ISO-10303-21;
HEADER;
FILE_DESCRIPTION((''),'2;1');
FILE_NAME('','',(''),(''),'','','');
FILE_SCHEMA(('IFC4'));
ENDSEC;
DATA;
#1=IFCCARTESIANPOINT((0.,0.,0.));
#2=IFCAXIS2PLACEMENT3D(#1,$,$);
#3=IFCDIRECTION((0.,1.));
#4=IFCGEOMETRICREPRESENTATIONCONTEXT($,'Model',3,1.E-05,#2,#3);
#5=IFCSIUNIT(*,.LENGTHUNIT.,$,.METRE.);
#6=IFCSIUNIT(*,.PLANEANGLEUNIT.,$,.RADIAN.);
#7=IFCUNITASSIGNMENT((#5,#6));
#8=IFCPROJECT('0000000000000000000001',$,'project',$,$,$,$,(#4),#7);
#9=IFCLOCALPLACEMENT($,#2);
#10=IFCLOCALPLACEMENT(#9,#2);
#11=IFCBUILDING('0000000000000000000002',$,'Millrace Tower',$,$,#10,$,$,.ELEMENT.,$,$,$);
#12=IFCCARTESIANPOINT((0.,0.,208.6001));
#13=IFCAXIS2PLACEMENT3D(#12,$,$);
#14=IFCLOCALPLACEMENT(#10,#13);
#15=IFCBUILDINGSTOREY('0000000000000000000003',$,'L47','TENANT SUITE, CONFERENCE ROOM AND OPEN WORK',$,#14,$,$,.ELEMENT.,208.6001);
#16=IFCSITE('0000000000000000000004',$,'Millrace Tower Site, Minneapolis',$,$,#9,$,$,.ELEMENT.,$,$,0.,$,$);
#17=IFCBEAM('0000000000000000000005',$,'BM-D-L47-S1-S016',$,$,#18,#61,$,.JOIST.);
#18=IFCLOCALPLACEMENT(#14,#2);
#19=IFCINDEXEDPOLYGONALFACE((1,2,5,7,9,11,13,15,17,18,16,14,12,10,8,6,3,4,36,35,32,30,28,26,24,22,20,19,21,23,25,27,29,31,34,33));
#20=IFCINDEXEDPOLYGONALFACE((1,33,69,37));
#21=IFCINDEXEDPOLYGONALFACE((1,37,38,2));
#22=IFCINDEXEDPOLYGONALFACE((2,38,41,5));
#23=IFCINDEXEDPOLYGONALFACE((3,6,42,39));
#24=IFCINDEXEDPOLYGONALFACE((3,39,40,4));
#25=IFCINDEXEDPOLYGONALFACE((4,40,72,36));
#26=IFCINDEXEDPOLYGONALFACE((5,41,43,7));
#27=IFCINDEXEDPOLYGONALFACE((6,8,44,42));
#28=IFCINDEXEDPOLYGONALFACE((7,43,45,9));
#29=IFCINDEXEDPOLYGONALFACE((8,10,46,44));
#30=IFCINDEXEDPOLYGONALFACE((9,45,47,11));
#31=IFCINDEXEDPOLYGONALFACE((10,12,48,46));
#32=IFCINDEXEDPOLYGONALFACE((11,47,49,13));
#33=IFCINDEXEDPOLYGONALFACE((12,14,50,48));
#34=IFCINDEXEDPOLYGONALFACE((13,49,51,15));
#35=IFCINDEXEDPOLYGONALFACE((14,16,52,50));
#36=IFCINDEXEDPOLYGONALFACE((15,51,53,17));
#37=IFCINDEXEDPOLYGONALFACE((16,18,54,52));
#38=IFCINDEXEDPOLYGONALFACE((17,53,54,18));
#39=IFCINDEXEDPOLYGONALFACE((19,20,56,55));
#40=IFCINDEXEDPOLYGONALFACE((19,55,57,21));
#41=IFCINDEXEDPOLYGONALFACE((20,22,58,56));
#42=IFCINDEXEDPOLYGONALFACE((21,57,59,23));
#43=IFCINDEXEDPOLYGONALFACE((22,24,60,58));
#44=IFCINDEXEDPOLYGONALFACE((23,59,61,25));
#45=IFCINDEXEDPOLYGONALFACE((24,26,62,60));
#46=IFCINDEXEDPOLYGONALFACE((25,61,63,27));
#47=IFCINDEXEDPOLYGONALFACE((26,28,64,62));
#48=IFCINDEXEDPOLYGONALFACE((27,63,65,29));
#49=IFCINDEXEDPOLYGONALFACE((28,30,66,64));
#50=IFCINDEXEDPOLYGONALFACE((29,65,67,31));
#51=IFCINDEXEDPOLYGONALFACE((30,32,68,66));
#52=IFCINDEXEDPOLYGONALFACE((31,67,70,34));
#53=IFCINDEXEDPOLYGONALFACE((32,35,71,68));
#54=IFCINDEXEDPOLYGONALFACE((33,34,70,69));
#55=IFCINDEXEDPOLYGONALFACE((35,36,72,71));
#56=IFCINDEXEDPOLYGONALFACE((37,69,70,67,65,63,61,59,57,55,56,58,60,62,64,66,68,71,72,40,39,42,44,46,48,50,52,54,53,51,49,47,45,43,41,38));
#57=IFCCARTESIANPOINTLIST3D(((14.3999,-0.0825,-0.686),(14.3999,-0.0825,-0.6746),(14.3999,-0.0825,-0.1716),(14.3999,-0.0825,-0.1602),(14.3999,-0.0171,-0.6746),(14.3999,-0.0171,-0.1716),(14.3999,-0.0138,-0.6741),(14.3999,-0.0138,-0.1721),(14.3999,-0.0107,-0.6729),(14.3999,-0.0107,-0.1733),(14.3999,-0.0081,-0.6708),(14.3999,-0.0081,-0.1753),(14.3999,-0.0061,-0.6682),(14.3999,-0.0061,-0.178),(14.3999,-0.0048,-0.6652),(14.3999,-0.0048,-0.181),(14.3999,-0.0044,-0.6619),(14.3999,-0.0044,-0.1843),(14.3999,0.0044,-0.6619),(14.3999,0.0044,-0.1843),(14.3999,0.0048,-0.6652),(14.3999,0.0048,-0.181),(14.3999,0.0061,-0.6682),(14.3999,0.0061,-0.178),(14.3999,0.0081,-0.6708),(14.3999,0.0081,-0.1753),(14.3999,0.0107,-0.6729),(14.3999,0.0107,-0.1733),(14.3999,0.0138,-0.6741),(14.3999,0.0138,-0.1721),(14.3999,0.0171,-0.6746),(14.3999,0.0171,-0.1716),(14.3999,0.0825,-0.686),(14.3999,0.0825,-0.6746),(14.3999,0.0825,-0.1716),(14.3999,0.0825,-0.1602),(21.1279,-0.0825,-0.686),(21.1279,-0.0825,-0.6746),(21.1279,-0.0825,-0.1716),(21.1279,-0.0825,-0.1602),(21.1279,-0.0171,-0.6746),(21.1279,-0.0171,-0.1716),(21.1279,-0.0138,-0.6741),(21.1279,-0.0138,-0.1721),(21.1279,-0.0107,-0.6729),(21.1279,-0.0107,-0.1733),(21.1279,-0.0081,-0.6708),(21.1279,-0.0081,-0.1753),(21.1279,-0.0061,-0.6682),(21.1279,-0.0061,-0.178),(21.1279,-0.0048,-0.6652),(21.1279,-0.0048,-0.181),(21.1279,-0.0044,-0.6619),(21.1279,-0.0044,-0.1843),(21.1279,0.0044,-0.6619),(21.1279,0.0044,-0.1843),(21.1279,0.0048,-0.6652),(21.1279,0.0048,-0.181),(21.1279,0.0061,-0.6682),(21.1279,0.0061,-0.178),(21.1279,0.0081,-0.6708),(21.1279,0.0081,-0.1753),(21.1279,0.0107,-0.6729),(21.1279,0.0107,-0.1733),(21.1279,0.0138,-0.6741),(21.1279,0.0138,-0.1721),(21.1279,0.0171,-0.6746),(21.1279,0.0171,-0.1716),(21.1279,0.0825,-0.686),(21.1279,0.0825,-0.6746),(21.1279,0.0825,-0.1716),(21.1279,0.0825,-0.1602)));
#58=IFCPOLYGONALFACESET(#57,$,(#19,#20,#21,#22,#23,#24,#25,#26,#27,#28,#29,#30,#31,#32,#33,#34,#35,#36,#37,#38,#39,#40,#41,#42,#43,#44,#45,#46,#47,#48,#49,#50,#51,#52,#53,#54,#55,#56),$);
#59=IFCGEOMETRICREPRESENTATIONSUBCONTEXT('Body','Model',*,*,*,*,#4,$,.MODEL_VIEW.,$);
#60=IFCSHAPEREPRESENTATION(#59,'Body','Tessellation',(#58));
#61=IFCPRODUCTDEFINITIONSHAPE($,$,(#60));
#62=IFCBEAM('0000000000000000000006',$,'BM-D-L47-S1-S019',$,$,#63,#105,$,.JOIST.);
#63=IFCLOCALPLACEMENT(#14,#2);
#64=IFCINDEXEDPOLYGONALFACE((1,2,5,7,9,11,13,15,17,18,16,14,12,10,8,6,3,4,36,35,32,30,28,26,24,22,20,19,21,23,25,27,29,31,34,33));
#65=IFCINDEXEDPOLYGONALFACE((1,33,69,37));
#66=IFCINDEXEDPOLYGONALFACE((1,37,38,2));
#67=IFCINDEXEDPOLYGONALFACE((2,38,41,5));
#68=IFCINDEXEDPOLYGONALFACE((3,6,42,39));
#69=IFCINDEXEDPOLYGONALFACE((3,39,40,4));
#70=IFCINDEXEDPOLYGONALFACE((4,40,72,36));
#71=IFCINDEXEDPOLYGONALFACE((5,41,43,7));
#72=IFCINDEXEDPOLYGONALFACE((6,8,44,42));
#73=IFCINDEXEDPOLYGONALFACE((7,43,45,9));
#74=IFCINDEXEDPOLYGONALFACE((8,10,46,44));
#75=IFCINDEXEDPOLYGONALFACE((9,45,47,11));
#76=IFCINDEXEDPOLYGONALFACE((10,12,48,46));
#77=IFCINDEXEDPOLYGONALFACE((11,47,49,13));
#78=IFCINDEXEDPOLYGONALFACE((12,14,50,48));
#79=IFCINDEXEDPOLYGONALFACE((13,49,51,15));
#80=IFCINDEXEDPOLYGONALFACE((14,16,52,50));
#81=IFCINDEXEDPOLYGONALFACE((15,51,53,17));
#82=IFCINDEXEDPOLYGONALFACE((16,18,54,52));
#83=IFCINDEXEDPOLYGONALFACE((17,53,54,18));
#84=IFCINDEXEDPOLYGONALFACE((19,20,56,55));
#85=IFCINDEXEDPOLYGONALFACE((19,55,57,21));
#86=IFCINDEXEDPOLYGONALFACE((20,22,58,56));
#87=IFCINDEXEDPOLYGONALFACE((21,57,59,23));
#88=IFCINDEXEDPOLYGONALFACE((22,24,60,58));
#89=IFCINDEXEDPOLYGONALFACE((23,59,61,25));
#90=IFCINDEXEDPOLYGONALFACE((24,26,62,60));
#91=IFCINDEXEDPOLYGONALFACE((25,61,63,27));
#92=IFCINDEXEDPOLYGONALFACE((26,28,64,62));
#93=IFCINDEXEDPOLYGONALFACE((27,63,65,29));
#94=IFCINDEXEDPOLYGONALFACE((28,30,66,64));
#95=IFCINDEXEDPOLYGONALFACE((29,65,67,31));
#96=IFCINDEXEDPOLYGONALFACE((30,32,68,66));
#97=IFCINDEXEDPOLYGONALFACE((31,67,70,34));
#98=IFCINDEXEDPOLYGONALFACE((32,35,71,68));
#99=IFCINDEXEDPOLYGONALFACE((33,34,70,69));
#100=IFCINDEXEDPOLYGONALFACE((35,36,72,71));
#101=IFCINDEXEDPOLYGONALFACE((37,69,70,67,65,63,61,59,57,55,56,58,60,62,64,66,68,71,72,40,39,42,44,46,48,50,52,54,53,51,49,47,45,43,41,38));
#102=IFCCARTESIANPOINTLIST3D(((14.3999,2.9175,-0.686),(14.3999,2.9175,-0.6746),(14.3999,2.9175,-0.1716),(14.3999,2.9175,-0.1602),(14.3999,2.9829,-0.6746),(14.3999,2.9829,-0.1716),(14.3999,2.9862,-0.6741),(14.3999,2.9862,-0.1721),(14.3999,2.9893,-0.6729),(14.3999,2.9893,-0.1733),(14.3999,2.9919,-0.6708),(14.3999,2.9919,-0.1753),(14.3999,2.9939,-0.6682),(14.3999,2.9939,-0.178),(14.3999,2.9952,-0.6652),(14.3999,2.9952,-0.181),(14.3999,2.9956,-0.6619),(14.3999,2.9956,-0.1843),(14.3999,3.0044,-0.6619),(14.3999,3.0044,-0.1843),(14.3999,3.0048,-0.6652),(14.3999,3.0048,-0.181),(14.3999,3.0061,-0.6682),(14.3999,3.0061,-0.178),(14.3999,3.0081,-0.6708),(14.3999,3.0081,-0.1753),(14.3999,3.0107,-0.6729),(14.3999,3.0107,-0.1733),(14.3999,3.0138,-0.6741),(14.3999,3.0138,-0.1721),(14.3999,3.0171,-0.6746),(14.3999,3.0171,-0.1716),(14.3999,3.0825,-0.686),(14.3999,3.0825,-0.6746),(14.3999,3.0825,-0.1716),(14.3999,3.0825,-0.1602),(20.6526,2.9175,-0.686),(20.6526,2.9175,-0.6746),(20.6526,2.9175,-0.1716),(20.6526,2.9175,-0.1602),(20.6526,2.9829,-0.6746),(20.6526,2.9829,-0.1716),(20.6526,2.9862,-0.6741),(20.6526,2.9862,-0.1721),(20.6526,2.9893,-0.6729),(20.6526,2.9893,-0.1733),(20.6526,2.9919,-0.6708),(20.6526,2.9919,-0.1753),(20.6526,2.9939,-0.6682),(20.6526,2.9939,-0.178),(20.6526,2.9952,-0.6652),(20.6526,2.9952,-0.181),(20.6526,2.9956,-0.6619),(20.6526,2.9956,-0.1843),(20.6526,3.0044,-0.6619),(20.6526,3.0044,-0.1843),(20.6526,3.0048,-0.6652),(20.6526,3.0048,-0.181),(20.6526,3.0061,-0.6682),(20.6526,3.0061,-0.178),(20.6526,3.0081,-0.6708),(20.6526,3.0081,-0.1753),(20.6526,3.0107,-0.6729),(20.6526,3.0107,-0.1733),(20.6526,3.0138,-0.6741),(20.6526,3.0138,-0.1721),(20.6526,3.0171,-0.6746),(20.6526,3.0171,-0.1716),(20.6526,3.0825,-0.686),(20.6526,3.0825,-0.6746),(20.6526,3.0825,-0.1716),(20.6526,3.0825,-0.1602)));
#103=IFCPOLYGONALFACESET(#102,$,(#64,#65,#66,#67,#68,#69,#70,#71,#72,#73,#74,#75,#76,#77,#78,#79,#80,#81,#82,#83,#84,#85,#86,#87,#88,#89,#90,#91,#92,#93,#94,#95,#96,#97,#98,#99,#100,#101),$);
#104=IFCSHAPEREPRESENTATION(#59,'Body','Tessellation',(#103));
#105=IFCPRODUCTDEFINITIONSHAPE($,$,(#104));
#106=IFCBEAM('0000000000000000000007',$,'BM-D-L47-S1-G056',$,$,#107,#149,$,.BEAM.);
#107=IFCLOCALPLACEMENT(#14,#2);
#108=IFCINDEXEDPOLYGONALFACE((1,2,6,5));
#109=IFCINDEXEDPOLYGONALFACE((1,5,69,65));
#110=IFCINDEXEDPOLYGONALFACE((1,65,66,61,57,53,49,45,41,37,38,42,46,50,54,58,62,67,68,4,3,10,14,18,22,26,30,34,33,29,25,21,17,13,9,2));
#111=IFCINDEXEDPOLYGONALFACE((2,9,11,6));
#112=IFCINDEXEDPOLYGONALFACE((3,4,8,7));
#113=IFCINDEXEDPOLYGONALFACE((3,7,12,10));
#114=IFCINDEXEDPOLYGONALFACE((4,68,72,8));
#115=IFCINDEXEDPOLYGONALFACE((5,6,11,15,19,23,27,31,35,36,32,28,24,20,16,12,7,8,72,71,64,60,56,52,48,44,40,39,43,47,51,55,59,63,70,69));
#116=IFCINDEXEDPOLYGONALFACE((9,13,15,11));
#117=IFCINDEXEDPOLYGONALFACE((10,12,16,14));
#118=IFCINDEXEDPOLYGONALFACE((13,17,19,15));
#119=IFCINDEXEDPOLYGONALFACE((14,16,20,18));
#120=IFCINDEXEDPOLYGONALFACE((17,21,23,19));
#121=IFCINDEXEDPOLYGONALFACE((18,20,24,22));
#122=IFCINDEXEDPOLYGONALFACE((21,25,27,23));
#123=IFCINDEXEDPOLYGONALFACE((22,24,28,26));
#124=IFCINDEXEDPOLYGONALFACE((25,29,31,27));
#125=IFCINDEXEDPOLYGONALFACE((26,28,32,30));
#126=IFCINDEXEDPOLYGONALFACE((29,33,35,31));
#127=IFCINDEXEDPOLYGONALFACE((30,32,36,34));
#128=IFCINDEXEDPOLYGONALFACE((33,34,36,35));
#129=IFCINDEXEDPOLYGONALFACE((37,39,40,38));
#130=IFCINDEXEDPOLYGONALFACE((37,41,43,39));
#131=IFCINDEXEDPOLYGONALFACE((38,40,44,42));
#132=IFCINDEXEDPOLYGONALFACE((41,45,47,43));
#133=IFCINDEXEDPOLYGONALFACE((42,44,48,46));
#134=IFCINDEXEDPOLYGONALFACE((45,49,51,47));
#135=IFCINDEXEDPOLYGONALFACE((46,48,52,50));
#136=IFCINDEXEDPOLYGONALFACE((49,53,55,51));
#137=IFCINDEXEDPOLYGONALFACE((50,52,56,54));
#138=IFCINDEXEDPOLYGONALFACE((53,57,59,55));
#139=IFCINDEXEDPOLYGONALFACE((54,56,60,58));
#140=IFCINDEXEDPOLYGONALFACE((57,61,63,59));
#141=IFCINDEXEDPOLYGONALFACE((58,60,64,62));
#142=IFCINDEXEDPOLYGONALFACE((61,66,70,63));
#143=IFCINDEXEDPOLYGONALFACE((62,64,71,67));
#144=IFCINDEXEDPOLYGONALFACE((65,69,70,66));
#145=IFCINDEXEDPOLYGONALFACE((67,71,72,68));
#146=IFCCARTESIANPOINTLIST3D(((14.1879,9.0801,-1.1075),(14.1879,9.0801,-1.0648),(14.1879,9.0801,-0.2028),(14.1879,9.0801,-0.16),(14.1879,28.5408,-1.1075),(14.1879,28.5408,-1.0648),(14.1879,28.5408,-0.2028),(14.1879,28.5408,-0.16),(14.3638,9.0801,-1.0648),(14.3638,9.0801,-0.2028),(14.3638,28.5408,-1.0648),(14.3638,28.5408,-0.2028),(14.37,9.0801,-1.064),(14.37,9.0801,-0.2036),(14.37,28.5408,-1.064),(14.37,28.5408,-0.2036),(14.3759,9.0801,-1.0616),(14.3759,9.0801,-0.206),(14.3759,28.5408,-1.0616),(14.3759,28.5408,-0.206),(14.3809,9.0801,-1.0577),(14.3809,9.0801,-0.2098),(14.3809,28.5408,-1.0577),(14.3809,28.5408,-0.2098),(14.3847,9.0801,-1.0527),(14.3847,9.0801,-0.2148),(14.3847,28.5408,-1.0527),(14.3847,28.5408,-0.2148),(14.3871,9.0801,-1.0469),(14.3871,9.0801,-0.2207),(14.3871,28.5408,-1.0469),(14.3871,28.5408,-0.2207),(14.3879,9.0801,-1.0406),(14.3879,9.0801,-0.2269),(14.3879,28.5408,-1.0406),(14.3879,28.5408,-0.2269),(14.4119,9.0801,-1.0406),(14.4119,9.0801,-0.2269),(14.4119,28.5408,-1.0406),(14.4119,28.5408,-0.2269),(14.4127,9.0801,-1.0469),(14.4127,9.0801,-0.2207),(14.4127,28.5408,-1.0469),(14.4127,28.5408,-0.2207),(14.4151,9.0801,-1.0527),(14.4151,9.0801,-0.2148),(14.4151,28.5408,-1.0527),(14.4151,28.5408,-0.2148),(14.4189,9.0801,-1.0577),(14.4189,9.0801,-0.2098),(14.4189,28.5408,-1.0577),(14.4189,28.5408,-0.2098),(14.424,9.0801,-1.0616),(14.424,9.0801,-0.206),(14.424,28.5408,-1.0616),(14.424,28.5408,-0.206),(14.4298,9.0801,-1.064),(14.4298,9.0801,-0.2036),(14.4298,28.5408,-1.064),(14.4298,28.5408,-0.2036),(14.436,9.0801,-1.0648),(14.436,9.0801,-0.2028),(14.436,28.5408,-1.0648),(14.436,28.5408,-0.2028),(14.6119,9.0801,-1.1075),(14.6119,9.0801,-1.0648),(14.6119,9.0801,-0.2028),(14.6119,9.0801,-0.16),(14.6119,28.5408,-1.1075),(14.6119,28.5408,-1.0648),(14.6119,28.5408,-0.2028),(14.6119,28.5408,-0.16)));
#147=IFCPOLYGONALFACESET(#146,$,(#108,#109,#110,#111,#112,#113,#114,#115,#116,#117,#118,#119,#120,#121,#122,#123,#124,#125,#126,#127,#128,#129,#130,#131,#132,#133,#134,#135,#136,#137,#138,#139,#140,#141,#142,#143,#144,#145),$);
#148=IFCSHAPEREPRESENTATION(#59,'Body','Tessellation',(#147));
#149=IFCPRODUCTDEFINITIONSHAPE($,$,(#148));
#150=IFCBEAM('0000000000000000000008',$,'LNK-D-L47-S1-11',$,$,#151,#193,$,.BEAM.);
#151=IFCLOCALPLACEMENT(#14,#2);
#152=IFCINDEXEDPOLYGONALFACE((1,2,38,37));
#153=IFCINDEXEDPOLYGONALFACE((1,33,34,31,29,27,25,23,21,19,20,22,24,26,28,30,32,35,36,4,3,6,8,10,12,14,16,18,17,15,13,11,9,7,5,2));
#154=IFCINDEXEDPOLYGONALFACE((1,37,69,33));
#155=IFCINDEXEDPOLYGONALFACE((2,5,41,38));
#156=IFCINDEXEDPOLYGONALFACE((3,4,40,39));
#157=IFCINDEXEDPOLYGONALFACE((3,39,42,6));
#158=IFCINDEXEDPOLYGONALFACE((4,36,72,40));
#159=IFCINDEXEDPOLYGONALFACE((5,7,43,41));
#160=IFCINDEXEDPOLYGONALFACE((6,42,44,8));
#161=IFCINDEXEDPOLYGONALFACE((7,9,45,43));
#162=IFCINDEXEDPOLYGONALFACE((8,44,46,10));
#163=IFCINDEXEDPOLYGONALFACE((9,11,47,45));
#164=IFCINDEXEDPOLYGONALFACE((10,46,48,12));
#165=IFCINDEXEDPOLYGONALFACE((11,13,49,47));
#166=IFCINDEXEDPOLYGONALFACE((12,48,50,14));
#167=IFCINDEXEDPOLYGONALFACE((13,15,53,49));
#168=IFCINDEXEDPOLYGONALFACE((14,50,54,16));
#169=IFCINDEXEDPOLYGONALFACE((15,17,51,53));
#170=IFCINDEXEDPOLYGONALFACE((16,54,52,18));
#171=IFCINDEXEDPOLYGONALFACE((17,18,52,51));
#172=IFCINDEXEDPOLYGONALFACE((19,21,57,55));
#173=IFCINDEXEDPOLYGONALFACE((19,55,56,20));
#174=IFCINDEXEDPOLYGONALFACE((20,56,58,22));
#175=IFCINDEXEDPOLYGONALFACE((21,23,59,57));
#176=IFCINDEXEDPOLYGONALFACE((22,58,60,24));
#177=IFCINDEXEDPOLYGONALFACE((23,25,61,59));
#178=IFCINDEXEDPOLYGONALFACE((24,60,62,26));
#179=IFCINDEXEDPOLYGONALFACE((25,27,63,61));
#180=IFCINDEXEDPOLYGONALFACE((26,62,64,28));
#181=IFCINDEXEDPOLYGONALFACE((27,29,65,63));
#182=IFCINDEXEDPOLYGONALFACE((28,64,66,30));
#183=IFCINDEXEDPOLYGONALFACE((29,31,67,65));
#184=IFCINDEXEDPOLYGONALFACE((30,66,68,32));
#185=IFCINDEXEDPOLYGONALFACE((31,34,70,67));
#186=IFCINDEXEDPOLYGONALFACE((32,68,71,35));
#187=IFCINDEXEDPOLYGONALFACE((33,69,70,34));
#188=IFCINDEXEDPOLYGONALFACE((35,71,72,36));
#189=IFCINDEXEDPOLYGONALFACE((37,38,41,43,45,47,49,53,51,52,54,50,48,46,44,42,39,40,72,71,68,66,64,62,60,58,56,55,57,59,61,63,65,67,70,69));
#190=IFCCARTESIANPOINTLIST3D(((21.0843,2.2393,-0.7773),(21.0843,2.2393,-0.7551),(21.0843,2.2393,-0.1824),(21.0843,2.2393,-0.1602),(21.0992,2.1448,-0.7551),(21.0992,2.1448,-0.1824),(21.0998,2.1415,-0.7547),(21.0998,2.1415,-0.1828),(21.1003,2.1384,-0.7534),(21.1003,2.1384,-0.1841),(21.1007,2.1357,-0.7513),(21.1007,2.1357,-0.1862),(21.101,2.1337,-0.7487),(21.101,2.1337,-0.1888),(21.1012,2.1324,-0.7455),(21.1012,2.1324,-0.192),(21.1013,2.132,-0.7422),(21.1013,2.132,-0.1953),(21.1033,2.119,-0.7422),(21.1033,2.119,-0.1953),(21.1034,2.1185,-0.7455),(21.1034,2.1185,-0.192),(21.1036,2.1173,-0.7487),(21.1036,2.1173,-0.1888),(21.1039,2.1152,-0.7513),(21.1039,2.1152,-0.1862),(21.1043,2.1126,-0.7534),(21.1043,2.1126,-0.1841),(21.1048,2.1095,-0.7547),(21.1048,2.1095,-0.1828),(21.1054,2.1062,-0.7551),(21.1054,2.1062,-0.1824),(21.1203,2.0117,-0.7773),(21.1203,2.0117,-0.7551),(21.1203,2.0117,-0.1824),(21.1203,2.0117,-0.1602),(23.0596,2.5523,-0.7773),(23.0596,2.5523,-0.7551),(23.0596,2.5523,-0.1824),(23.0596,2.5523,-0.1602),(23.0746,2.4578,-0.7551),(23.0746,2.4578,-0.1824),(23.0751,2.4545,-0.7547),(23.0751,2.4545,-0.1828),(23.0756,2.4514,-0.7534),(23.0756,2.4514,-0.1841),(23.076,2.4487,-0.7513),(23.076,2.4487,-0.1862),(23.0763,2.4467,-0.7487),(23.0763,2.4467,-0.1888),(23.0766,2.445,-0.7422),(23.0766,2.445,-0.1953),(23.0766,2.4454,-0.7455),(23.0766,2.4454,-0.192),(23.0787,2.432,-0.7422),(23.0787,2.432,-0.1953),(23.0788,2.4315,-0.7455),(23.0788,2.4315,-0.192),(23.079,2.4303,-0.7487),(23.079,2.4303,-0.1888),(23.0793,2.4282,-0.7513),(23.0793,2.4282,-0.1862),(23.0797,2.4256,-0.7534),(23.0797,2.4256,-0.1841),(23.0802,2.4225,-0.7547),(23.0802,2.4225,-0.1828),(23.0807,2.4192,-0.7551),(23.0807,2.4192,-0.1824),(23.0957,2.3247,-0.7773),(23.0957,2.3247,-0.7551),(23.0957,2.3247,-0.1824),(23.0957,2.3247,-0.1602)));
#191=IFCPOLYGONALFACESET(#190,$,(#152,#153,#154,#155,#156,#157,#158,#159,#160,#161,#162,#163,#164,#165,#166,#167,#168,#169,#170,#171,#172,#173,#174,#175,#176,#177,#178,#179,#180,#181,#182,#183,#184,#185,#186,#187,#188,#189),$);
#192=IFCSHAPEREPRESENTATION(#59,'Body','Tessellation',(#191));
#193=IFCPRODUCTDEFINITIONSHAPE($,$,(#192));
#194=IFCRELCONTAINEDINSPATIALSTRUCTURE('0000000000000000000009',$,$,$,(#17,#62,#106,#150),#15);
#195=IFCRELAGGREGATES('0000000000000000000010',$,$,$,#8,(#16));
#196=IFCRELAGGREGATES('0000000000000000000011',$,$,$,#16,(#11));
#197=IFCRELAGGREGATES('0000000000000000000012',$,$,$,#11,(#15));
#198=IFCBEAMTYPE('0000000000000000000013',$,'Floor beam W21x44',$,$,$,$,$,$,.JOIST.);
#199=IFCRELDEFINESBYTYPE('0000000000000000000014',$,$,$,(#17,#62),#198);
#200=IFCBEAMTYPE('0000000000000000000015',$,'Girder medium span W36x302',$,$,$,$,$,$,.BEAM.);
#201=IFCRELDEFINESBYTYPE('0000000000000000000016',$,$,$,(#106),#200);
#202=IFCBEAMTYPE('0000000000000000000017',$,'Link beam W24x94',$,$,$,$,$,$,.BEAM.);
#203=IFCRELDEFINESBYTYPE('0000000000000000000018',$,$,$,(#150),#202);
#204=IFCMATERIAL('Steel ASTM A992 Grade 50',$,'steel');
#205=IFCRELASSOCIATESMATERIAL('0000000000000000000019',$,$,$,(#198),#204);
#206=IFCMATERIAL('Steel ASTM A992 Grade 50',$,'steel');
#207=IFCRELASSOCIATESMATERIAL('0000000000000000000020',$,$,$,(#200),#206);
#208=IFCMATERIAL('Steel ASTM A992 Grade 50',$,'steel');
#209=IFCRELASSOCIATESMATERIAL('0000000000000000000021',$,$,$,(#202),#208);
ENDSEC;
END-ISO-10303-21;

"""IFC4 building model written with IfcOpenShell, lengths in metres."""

from ifc_helpers import new_model, si_unit, direction, frame, origin, origin_2d, place, context, subcontext, project, spatial, i_section, extrude, material, material_profile, profile_set, type_object, element, save


model = new_model("IFC4")

# Units and contexts
model_context = context("Model", 3, precision=1e-05, world=origin(), true_north=direction((0.0, 1.0)))
body_context = subcontext(model_context, "Body", "Model", "MODEL_VIEW")
ifc_project = project(units=[si_unit("LENGTHUNIT", "METRE"), si_unit("PLANEANGLEUNIT", "RADIAN")], contexts=[model_context])

# Site, building, storey
site_placement = place(None, origin())
site = spatial("IfcSite", under=ifc_project, at=site_placement, Name="Millrace Tower Site, Minneapolis", CompositionType="ELEMENT", RefElevation=0.0)
building_placement = place(site_placement, origin())
building = spatial("IfcBuilding", under=site, at=building_placement, Name="Millrace Tower", CompositionType="ELEMENT")
storey_placement = place(building_placement, frame((0.0, 0.0, 208.6001)))
storey = spatial("IfcBuildingStorey", under=building, at=storey_placement, Name="L47", Description="TENANT SUITE, CONFERENCE ROOM AND OPEN WORK", CompositionType="ELEMENT", Elevation=208.6001)

# Beams
ifc_material_1 = material(Name="Steel ASTM A992 Grade 50", Category="steel")
ifc_material_profile_1 = material_profile(ifc_material_1, i_section(OverallWidth=0.165, OverallDepth=0.5259, WebThickness=0.0088, FlangeThickness=0.0115, FilletRadius=0.0127, at=origin_2d()))
ifc_profile_set_1 = profile_set([ifc_material_profile_1], Name="Steel ASTM A992 Grade 50")
beam_type_1 = type_object("IfcBeamType", Name="Floor beam W21x44", PredefinedType="JOIST", material=ifc_profile_set_1)
beam_1_placement = place(storey_placement, frame((14.3999, 0.0, -0.4231), z_axis=(1.0, 0.0, 0.0), x_axis=(0.0, 1.0, 0.0)))
element("IfcBeam", 1, at=beam_1_placement, inside=storey, type_object=beam_type_1, Name="BM-D-L47-S1-S016", PredefinedType="JOIST", context=body_context, shape_type="SweptSolid", body=[
    extrude(i_section(OverallWidth=0.165, OverallDepth=0.5259, WebThickness=0.0088, FlangeThickness=0.0115, FilletRadius=0.0127, at=origin_2d()), origin(), (0.0, 0.0, 1.0), 6.728),
])
beam_2_placement = place(storey_placement, frame((14.3999, 3.0, -0.4231), z_axis=(1.0, 0.0, 0.0), x_axis=(0.0, 1.0, 0.0)))
element("IfcBeam", 2, at=beam_2_placement, inside=storey, type_object=beam_type_1, Name="BM-D-L47-S1-S019", PredefinedType="JOIST", context=body_context, shape_type="SweptSolid", body=[
    extrude(i_section(OverallWidth=0.165, OverallDepth=0.5259, WebThickness=0.0088, FlangeThickness=0.0115, FilletRadius=0.0127, at=origin_2d()), origin(), (0.0, 0.0, 1.0), 6.2527),
])
ifc_material_2 = material(Name="Steel ASTM A992 Grade 50", Category="steel")
ifc_material_profile_2 = material_profile(ifc_material_2, i_section(OverallWidth=0.4241, OverallDepth=0.9475, WebThickness=0.0239, FlangeThickness=0.0427, FilletRadius=0.0242, at=origin_2d()))
ifc_profile_set_2 = profile_set([ifc_material_profile_2], Name="Steel ASTM A992 Grade 50")
beam_type_2 = type_object("IfcBeamType", Name="Girder medium span W36x302", PredefinedType="BEAM", material=ifc_profile_set_2)
beam_3_placement = place(storey_placement, frame((14.3999, 9.0801, -0.6338), z_axis=(0.0, 1.0, 0.0), x_axis=(-1.0, 0.0, 0.0)))
element("IfcBeam", 3, at=beam_3_placement, inside=storey, type_object=beam_type_2, Name="BM-D-L47-S1-G056", PredefinedType="BEAM", context=body_context, shape_type="SweptSolid", body=[
    extrude(i_section(OverallWidth=0.4241, OverallDepth=0.9475, WebThickness=0.0239, FlangeThickness=0.0427, FilletRadius=0.0242, at=origin_2d()), origin(), (0.0, 0.0, 1.0), 19.4607),
])
ifc_material_3 = material(Name="Steel ASTM A992 Grade 50", Category="steel")
ifc_material_profile_3 = material_profile(ifc_material_3, i_section(OverallWidth=0.2305, OverallDepth=0.6172, WebThickness=0.0132, FlangeThickness=0.0222, FilletRadius=0.0129, at=origin_2d()))
ifc_profile_set_3 = profile_set([ifc_material_profile_3], Name="Steel ASTM A992 Grade 50")
beam_type_3 = type_object("IfcBeamType", Name="Link beam W24x94", PredefinedType="BEAM", material=ifc_profile_set_3)
beam_4_placement = place(storey_placement, frame((21.1023, 2.1255, -0.4688), z_axis=(0.987679, 0.156495, 0.0), x_axis=(-0.156495, 0.987679, 0.0)))
element("IfcBeam", 4, at=beam_4_placement, inside=storey, type_object=beam_type_3, Name="LNK-D-L47-S1-11", PredefinedType="BEAM", context=body_context, shape_type="SweptSolid", body=[
    extrude(i_section(OverallWidth=0.2305, OverallDepth=0.6172, WebThickness=0.0132, FlangeThickness=0.0222, FilletRadius=0.0129, at=origin_2d()), origin(), (0.0, 0.0, 1.0), 2.0),
])

save(model, "model.ifc")
